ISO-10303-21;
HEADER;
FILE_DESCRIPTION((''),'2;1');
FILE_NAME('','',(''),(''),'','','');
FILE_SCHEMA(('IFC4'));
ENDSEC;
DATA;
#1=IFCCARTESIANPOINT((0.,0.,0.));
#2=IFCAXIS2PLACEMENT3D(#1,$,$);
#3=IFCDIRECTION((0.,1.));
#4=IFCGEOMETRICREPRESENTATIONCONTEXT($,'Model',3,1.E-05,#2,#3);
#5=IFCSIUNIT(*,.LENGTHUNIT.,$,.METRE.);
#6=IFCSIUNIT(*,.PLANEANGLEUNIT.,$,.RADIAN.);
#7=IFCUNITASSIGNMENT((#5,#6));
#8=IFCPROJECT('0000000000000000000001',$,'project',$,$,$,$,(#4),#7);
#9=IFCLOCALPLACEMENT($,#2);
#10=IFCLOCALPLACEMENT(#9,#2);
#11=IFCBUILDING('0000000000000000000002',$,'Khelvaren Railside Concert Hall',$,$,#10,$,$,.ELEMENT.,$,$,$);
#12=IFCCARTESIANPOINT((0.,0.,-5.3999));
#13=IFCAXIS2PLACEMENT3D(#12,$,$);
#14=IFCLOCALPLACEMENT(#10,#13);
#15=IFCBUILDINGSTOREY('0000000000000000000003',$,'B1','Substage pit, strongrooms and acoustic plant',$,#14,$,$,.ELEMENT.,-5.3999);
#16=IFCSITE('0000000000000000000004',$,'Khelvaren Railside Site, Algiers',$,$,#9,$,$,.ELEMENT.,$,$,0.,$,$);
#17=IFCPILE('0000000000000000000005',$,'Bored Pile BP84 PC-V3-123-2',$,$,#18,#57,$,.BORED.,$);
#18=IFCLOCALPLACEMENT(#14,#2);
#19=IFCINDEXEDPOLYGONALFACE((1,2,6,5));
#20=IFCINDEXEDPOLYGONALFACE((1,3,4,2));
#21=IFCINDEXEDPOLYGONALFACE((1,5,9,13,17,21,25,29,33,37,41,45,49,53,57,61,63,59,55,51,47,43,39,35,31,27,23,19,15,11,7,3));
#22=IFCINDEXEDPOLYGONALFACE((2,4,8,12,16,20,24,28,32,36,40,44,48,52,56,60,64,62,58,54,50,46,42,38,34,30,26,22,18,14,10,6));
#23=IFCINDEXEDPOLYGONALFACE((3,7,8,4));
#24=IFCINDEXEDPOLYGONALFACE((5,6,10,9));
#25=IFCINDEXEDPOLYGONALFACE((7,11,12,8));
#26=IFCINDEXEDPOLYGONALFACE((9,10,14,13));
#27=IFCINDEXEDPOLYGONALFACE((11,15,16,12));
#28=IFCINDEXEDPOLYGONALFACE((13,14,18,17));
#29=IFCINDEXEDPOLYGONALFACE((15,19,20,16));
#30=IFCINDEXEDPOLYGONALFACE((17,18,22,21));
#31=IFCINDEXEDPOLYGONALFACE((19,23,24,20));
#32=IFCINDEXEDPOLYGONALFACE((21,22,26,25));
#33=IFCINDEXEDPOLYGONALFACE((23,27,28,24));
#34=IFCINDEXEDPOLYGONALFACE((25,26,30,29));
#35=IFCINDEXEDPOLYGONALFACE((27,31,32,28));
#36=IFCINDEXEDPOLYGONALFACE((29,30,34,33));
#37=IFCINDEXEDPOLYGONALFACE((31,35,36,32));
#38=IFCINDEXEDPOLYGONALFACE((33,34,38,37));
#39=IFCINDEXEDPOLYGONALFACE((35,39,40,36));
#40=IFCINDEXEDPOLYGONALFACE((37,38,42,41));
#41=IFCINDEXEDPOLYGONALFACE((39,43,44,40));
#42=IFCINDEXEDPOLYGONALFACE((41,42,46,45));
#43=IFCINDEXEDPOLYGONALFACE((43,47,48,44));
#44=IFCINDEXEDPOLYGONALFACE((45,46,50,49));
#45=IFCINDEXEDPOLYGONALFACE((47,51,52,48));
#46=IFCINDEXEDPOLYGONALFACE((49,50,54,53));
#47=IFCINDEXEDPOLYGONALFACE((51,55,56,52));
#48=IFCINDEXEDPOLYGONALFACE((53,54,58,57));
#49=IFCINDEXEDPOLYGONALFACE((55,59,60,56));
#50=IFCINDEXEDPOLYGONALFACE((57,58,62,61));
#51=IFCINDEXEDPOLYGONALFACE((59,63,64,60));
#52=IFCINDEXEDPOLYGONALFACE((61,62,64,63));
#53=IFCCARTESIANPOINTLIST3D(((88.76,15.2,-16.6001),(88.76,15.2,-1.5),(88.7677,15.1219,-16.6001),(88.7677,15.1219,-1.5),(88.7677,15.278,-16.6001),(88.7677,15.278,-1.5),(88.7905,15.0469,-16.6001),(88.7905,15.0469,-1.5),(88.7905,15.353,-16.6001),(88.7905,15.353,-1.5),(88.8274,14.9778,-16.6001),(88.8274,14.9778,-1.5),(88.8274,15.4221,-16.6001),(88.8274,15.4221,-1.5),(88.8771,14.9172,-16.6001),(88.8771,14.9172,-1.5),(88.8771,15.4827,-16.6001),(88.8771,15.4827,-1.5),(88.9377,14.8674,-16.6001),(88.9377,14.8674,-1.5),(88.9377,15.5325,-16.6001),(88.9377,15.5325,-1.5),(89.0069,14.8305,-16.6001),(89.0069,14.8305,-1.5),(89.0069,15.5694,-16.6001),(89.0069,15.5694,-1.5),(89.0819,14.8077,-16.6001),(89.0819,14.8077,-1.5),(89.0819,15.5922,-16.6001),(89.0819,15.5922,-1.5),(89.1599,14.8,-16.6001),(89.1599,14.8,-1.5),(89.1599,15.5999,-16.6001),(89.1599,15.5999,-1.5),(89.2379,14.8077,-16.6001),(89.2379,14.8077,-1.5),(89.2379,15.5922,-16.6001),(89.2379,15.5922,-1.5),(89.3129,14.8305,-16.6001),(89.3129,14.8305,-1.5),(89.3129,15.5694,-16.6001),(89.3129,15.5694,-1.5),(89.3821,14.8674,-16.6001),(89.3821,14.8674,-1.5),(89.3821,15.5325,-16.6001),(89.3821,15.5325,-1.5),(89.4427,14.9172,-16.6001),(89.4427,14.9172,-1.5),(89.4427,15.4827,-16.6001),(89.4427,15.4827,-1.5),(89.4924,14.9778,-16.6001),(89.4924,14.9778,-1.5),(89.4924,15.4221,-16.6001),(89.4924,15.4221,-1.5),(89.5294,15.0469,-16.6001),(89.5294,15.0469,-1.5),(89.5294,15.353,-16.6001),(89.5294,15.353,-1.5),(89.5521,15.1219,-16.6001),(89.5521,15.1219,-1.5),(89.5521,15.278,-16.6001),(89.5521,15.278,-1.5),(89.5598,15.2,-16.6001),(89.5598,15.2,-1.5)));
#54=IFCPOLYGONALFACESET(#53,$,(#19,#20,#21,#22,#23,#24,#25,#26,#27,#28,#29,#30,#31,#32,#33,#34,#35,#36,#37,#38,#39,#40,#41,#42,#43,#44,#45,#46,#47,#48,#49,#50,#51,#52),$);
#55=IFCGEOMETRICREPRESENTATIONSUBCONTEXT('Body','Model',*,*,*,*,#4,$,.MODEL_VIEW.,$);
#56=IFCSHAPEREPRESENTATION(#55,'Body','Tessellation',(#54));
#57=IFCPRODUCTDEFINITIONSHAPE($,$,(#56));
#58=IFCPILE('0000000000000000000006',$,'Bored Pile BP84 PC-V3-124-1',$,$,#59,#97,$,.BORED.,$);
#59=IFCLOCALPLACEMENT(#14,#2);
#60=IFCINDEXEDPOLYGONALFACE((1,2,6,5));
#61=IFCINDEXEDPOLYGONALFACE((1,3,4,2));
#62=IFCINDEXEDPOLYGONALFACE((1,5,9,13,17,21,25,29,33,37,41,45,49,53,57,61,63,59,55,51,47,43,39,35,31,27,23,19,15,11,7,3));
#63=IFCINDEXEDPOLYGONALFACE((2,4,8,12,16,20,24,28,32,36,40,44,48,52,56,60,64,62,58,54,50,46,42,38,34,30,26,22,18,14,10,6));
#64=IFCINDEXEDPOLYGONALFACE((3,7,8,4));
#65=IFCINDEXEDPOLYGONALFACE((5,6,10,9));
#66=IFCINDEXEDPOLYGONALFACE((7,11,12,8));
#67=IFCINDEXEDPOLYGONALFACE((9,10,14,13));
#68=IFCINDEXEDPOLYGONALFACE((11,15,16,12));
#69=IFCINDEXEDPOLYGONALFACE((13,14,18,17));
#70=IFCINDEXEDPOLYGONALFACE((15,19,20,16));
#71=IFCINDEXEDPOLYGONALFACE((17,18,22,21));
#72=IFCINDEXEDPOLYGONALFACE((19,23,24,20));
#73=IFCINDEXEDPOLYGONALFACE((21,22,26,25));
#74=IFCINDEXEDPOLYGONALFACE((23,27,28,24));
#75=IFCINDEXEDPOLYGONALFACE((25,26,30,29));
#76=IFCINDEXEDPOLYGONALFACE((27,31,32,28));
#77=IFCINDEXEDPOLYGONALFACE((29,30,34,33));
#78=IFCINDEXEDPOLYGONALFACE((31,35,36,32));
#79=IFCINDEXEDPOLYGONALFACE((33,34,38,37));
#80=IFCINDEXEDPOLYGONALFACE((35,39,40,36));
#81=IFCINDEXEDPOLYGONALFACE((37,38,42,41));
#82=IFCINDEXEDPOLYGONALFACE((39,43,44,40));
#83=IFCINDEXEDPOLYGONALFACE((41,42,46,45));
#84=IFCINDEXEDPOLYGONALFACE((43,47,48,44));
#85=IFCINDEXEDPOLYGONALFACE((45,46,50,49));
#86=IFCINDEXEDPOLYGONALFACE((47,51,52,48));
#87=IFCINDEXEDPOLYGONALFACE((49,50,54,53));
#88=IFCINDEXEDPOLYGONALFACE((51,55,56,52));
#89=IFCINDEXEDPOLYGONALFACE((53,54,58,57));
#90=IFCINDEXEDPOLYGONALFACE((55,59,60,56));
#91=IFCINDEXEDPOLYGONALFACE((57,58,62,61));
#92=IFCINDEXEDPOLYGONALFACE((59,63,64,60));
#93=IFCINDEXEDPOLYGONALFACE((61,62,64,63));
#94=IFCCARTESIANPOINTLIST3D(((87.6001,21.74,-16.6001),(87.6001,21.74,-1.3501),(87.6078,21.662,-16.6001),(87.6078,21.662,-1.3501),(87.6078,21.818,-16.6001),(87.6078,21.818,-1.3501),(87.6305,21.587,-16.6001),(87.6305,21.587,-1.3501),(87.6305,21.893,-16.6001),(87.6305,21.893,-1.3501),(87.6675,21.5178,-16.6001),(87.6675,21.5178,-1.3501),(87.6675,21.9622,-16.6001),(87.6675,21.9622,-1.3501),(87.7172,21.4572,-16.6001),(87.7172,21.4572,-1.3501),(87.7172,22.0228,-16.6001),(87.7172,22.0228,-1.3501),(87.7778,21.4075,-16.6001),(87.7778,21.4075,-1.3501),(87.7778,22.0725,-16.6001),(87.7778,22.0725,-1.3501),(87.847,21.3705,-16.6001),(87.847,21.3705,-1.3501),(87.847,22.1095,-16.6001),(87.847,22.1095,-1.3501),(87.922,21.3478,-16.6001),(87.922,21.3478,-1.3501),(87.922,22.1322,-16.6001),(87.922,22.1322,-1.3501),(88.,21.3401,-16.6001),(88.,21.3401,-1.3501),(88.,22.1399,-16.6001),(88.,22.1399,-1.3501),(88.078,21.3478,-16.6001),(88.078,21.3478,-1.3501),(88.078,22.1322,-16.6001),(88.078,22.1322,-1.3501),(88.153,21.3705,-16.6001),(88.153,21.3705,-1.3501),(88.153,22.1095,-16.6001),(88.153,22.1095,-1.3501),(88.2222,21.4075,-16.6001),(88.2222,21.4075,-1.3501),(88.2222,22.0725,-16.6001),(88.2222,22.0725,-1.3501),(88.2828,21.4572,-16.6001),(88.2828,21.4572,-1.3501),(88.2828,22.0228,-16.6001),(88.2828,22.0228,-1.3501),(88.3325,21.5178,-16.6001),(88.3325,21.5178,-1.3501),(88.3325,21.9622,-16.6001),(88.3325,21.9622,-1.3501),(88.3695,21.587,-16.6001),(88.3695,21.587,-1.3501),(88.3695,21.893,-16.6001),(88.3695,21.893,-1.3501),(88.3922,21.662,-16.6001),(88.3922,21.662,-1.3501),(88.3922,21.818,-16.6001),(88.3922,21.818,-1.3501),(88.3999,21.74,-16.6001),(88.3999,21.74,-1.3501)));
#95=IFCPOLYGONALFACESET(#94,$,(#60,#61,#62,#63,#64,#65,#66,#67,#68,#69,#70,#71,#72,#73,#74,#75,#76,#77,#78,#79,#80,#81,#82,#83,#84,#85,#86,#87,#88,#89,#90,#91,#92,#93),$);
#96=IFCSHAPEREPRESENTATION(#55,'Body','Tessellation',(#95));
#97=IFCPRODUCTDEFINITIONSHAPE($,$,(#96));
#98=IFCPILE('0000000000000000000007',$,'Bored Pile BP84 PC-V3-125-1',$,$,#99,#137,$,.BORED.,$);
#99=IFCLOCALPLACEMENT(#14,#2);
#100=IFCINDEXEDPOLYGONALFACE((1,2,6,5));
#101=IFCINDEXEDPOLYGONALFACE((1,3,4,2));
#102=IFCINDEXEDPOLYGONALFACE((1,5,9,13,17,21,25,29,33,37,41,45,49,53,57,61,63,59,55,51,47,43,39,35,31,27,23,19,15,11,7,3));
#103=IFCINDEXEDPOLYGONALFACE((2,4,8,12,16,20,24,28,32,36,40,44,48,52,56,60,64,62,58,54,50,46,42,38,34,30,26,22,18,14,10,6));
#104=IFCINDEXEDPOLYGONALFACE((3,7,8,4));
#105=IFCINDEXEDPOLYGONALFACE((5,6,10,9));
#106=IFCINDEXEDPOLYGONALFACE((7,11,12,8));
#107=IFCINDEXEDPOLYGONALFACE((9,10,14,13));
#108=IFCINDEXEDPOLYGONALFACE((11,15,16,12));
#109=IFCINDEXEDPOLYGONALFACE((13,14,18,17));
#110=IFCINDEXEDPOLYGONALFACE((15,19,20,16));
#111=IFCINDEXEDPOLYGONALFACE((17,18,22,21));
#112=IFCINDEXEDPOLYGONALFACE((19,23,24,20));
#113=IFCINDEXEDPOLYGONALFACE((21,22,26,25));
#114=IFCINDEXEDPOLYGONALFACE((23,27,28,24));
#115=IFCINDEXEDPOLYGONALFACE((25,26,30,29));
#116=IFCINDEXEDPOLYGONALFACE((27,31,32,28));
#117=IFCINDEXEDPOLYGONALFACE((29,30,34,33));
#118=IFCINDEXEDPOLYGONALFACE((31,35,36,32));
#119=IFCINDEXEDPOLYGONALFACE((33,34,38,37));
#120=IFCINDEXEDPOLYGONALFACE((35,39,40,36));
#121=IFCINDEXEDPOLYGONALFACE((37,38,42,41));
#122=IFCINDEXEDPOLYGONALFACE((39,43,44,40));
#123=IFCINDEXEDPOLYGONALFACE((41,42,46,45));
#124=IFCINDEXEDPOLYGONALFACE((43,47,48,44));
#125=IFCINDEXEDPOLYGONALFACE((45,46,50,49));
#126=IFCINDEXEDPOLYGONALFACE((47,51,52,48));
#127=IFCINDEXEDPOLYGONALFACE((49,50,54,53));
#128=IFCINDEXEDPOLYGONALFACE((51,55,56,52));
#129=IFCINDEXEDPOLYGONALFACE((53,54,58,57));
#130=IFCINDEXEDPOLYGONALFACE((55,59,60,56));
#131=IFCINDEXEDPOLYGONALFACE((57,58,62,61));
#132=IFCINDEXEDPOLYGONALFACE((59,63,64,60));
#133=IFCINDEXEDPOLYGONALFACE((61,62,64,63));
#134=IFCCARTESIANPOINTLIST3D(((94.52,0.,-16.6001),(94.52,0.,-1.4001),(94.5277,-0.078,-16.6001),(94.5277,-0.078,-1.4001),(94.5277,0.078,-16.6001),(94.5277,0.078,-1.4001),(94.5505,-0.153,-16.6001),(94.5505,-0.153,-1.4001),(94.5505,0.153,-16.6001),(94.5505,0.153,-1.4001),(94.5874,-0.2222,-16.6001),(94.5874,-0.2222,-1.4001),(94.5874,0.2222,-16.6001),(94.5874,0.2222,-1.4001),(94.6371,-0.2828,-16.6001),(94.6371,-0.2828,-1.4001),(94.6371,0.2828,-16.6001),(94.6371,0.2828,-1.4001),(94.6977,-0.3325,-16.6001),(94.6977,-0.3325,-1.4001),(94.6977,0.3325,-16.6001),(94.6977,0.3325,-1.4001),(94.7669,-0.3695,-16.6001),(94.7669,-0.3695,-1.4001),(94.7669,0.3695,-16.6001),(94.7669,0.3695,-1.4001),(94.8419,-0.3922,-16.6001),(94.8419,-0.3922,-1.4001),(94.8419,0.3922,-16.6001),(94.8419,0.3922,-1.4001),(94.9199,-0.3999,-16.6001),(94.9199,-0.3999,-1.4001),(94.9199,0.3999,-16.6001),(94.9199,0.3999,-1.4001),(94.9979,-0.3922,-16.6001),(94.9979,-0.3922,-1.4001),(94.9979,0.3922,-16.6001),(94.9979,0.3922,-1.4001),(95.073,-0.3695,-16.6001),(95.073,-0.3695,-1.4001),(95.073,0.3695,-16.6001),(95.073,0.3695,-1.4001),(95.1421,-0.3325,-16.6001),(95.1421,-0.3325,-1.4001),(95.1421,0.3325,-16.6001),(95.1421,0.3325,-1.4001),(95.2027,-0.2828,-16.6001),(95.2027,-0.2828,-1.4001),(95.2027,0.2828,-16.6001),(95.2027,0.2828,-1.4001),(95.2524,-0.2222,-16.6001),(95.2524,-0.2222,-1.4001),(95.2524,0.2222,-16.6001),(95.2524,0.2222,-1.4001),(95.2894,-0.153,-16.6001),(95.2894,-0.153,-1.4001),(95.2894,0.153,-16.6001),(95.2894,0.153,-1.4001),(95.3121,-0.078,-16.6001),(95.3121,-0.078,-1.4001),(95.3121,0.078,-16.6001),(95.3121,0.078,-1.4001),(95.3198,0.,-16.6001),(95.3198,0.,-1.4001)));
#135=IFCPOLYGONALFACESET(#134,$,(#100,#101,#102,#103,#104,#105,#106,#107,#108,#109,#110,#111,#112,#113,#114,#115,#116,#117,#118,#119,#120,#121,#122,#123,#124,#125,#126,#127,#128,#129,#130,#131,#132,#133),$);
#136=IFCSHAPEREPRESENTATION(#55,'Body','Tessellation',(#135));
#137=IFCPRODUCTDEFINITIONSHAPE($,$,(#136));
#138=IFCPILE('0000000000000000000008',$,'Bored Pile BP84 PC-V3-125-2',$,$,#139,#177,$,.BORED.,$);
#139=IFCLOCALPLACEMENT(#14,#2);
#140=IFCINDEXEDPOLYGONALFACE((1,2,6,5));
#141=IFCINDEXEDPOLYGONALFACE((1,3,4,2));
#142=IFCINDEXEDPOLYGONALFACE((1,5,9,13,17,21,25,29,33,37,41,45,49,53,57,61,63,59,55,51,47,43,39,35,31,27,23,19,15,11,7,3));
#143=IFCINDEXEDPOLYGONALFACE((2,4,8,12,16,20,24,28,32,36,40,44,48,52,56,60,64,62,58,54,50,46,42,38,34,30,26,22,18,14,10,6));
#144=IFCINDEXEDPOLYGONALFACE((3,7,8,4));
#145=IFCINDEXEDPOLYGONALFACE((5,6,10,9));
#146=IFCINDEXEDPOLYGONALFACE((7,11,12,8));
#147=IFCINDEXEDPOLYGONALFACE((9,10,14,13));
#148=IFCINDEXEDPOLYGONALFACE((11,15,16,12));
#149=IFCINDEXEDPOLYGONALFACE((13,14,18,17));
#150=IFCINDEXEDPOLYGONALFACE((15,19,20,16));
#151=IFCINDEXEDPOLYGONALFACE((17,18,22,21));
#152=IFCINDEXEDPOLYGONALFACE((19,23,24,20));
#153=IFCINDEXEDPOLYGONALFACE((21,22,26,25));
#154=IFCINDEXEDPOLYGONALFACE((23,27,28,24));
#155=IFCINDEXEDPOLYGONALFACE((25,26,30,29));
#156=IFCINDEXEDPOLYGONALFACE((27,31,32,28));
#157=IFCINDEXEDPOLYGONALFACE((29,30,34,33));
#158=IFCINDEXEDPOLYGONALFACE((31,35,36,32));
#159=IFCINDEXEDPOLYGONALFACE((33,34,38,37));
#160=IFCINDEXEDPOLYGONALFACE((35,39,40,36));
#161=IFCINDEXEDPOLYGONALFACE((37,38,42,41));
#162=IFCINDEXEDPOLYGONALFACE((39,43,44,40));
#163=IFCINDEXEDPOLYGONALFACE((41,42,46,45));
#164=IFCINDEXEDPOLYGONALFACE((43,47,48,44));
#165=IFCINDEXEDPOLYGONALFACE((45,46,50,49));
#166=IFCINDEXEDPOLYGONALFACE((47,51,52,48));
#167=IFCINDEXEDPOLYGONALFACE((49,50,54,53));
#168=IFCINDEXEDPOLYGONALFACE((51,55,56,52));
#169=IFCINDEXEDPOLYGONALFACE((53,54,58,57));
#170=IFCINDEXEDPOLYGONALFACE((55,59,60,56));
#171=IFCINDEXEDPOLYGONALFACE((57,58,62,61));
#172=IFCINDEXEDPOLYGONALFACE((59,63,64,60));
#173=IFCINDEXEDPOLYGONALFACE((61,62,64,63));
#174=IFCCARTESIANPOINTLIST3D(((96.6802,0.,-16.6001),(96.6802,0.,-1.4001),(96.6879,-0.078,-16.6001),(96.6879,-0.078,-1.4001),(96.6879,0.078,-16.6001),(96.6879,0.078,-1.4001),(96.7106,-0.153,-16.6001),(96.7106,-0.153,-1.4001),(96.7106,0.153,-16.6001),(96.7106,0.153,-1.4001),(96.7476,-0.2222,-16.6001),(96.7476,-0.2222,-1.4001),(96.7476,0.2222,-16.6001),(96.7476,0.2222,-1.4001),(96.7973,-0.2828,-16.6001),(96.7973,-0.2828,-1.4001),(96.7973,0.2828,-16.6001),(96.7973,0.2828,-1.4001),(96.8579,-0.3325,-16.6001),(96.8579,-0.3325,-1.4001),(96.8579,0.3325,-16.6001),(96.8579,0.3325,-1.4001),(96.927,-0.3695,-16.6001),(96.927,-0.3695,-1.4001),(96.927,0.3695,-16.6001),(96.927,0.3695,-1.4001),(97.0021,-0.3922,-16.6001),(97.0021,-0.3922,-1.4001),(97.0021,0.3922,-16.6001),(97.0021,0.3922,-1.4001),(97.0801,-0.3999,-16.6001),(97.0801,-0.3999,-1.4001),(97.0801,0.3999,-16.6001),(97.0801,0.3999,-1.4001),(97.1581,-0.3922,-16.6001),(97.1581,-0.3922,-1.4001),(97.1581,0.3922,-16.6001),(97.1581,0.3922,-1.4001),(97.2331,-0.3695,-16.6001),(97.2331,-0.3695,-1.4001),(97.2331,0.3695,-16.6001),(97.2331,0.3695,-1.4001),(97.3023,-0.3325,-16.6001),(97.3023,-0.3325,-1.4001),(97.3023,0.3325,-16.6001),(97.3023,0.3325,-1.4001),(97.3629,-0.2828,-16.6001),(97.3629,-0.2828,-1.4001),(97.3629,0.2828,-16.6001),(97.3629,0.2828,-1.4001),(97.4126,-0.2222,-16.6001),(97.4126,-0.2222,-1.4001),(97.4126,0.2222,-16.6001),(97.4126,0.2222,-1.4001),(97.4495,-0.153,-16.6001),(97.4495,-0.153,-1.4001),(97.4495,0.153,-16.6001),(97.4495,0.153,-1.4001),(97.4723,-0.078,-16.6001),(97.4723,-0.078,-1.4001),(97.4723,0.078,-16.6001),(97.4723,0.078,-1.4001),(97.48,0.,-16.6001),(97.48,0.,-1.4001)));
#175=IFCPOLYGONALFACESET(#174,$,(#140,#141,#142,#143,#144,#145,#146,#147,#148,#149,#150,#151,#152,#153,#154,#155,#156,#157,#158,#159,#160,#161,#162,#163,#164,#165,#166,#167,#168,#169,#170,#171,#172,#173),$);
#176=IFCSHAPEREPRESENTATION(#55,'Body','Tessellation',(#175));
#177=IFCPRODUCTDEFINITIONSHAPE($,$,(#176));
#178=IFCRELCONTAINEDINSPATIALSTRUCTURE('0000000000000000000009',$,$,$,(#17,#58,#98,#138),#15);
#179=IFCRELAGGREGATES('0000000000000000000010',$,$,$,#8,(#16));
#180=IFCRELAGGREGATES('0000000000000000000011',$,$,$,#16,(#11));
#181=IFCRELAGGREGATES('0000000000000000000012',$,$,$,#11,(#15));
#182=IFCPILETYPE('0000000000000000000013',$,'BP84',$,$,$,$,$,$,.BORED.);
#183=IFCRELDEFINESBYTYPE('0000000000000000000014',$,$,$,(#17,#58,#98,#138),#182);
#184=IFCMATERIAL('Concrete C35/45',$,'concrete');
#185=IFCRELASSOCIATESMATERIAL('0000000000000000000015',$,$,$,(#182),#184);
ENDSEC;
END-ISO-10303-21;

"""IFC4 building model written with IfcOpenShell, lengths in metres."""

from ifc_helpers import new_model, si_unit, direction, frame, origin, origin_2d, place, context, subcontext, project, spatial, circle, extrude, material, material_profile, profile_set, type_object, element, save


model = new_model("IFC4")

# Units and contexts
model_context = context("Model", 3, precision=1e-05, world=origin(), true_north=direction((0.0, 1.0)))
body_context = subcontext(model_context, "Body", "Model", "MODEL_VIEW")
ifc_project = project(units=[si_unit("LENGTHUNIT", "METRE"), si_unit("PLANEANGLEUNIT", "RADIAN")], contexts=[model_context])

# Site, building, storey
site_placement = place(None, origin())
site = spatial("IfcSite", under=ifc_project, at=site_placement, Name="Khelvaren Railside Site, Algiers", CompositionType="ELEMENT", RefElevation=0.0)
building_placement = place(site_placement, origin())
building = spatial("IfcBuilding", under=site, at=building_placement, Name="Khelvaren Railside Concert Hall", CompositionType="ELEMENT")
storey_placement = place(building_placement, frame((0.0, 0.0, -5.3999)))
storey = spatial("IfcBuildingStorey", under=building, at=storey_placement, Name="B1", Description="Substage pit, strongrooms and acoustic plant", CompositionType="ELEMENT", Elevation=-5.3999)

# Piles
ifc_material_1 = material(Name="Concrete C35/45", Category="concrete")
ifc_material_profile_1 = material_profile(ifc_material_1, circle(Radius=0.3999, at=origin_2d()), Name="BP D800")
ifc_profile_set_1 = profile_set([ifc_material_profile_1], Name="Concrete C35/45")
pile_type_1 = type_object("IfcPileType", Name="BP84", PredefinedType="BORED", material=ifc_profile_set_1)
pile_1_placement = place(storey_placement, frame((89.1599, 15.2, -1.5), z_axis=(0.0, 0.0, -1.0), x_axis=(1.0, 0.0, 0.0)))
element("IfcPile", 1, at=pile_1_placement, inside=storey, type_object=pile_type_1, Name="Bored Pile BP84 PC-V3-123-2", PredefinedType="BORED", context=body_context, shape_type="SweptSolid", body=[
    extrude(circle(Radius=0.3999, at=origin_2d()), origin(), (0.0, 0.0, 1.0), 15.1001),
])
pile_2_placement = place(storey_placement, frame((88.0, 21.74, -1.3501), z_axis=(0.0, 0.0, -1.0), x_axis=(1.0, 0.0, 0.0)))
element("IfcPile", 2, at=pile_2_placement, inside=storey, type_object=pile_type_1, Name="Bored Pile BP84 PC-V3-124-1", PredefinedType="BORED", context=body_context, shape_type="SweptSolid", body=[
    extrude(circle(Radius=0.3999, at=origin_2d()), origin(), (0.0, 0.0, 1.0), 15.25),
])
for number, where, z_axis, x_axis, name in (
    (3, (94.9199, 0.0, -1.4001), (0.0, 0.0, -1.0), (1.0, 0.0, 0.0), "Bored Pile BP84 PC-V3-125-1"),
    (4, (97.0801, 0.0, -1.4001), (0.0, 0.0, -1.0), (1.0, 0.0, 0.0), "Bored Pile BP84 PC-V3-125-2"),
):
    element("IfcPile", number, at=place(storey_placement, frame(where, z_axis=z_axis, x_axis=x_axis)), inside=storey, type_object=pile_type_1, Name=name, PredefinedType="BORED", context=body_context, shape_type="SweptSolid", body=[
        extrude(circle(Radius=0.3999, at=origin_2d()), origin(), (0.0, 0.0, 1.0), 15.2),
    ])

save(model, "model.ifc")
